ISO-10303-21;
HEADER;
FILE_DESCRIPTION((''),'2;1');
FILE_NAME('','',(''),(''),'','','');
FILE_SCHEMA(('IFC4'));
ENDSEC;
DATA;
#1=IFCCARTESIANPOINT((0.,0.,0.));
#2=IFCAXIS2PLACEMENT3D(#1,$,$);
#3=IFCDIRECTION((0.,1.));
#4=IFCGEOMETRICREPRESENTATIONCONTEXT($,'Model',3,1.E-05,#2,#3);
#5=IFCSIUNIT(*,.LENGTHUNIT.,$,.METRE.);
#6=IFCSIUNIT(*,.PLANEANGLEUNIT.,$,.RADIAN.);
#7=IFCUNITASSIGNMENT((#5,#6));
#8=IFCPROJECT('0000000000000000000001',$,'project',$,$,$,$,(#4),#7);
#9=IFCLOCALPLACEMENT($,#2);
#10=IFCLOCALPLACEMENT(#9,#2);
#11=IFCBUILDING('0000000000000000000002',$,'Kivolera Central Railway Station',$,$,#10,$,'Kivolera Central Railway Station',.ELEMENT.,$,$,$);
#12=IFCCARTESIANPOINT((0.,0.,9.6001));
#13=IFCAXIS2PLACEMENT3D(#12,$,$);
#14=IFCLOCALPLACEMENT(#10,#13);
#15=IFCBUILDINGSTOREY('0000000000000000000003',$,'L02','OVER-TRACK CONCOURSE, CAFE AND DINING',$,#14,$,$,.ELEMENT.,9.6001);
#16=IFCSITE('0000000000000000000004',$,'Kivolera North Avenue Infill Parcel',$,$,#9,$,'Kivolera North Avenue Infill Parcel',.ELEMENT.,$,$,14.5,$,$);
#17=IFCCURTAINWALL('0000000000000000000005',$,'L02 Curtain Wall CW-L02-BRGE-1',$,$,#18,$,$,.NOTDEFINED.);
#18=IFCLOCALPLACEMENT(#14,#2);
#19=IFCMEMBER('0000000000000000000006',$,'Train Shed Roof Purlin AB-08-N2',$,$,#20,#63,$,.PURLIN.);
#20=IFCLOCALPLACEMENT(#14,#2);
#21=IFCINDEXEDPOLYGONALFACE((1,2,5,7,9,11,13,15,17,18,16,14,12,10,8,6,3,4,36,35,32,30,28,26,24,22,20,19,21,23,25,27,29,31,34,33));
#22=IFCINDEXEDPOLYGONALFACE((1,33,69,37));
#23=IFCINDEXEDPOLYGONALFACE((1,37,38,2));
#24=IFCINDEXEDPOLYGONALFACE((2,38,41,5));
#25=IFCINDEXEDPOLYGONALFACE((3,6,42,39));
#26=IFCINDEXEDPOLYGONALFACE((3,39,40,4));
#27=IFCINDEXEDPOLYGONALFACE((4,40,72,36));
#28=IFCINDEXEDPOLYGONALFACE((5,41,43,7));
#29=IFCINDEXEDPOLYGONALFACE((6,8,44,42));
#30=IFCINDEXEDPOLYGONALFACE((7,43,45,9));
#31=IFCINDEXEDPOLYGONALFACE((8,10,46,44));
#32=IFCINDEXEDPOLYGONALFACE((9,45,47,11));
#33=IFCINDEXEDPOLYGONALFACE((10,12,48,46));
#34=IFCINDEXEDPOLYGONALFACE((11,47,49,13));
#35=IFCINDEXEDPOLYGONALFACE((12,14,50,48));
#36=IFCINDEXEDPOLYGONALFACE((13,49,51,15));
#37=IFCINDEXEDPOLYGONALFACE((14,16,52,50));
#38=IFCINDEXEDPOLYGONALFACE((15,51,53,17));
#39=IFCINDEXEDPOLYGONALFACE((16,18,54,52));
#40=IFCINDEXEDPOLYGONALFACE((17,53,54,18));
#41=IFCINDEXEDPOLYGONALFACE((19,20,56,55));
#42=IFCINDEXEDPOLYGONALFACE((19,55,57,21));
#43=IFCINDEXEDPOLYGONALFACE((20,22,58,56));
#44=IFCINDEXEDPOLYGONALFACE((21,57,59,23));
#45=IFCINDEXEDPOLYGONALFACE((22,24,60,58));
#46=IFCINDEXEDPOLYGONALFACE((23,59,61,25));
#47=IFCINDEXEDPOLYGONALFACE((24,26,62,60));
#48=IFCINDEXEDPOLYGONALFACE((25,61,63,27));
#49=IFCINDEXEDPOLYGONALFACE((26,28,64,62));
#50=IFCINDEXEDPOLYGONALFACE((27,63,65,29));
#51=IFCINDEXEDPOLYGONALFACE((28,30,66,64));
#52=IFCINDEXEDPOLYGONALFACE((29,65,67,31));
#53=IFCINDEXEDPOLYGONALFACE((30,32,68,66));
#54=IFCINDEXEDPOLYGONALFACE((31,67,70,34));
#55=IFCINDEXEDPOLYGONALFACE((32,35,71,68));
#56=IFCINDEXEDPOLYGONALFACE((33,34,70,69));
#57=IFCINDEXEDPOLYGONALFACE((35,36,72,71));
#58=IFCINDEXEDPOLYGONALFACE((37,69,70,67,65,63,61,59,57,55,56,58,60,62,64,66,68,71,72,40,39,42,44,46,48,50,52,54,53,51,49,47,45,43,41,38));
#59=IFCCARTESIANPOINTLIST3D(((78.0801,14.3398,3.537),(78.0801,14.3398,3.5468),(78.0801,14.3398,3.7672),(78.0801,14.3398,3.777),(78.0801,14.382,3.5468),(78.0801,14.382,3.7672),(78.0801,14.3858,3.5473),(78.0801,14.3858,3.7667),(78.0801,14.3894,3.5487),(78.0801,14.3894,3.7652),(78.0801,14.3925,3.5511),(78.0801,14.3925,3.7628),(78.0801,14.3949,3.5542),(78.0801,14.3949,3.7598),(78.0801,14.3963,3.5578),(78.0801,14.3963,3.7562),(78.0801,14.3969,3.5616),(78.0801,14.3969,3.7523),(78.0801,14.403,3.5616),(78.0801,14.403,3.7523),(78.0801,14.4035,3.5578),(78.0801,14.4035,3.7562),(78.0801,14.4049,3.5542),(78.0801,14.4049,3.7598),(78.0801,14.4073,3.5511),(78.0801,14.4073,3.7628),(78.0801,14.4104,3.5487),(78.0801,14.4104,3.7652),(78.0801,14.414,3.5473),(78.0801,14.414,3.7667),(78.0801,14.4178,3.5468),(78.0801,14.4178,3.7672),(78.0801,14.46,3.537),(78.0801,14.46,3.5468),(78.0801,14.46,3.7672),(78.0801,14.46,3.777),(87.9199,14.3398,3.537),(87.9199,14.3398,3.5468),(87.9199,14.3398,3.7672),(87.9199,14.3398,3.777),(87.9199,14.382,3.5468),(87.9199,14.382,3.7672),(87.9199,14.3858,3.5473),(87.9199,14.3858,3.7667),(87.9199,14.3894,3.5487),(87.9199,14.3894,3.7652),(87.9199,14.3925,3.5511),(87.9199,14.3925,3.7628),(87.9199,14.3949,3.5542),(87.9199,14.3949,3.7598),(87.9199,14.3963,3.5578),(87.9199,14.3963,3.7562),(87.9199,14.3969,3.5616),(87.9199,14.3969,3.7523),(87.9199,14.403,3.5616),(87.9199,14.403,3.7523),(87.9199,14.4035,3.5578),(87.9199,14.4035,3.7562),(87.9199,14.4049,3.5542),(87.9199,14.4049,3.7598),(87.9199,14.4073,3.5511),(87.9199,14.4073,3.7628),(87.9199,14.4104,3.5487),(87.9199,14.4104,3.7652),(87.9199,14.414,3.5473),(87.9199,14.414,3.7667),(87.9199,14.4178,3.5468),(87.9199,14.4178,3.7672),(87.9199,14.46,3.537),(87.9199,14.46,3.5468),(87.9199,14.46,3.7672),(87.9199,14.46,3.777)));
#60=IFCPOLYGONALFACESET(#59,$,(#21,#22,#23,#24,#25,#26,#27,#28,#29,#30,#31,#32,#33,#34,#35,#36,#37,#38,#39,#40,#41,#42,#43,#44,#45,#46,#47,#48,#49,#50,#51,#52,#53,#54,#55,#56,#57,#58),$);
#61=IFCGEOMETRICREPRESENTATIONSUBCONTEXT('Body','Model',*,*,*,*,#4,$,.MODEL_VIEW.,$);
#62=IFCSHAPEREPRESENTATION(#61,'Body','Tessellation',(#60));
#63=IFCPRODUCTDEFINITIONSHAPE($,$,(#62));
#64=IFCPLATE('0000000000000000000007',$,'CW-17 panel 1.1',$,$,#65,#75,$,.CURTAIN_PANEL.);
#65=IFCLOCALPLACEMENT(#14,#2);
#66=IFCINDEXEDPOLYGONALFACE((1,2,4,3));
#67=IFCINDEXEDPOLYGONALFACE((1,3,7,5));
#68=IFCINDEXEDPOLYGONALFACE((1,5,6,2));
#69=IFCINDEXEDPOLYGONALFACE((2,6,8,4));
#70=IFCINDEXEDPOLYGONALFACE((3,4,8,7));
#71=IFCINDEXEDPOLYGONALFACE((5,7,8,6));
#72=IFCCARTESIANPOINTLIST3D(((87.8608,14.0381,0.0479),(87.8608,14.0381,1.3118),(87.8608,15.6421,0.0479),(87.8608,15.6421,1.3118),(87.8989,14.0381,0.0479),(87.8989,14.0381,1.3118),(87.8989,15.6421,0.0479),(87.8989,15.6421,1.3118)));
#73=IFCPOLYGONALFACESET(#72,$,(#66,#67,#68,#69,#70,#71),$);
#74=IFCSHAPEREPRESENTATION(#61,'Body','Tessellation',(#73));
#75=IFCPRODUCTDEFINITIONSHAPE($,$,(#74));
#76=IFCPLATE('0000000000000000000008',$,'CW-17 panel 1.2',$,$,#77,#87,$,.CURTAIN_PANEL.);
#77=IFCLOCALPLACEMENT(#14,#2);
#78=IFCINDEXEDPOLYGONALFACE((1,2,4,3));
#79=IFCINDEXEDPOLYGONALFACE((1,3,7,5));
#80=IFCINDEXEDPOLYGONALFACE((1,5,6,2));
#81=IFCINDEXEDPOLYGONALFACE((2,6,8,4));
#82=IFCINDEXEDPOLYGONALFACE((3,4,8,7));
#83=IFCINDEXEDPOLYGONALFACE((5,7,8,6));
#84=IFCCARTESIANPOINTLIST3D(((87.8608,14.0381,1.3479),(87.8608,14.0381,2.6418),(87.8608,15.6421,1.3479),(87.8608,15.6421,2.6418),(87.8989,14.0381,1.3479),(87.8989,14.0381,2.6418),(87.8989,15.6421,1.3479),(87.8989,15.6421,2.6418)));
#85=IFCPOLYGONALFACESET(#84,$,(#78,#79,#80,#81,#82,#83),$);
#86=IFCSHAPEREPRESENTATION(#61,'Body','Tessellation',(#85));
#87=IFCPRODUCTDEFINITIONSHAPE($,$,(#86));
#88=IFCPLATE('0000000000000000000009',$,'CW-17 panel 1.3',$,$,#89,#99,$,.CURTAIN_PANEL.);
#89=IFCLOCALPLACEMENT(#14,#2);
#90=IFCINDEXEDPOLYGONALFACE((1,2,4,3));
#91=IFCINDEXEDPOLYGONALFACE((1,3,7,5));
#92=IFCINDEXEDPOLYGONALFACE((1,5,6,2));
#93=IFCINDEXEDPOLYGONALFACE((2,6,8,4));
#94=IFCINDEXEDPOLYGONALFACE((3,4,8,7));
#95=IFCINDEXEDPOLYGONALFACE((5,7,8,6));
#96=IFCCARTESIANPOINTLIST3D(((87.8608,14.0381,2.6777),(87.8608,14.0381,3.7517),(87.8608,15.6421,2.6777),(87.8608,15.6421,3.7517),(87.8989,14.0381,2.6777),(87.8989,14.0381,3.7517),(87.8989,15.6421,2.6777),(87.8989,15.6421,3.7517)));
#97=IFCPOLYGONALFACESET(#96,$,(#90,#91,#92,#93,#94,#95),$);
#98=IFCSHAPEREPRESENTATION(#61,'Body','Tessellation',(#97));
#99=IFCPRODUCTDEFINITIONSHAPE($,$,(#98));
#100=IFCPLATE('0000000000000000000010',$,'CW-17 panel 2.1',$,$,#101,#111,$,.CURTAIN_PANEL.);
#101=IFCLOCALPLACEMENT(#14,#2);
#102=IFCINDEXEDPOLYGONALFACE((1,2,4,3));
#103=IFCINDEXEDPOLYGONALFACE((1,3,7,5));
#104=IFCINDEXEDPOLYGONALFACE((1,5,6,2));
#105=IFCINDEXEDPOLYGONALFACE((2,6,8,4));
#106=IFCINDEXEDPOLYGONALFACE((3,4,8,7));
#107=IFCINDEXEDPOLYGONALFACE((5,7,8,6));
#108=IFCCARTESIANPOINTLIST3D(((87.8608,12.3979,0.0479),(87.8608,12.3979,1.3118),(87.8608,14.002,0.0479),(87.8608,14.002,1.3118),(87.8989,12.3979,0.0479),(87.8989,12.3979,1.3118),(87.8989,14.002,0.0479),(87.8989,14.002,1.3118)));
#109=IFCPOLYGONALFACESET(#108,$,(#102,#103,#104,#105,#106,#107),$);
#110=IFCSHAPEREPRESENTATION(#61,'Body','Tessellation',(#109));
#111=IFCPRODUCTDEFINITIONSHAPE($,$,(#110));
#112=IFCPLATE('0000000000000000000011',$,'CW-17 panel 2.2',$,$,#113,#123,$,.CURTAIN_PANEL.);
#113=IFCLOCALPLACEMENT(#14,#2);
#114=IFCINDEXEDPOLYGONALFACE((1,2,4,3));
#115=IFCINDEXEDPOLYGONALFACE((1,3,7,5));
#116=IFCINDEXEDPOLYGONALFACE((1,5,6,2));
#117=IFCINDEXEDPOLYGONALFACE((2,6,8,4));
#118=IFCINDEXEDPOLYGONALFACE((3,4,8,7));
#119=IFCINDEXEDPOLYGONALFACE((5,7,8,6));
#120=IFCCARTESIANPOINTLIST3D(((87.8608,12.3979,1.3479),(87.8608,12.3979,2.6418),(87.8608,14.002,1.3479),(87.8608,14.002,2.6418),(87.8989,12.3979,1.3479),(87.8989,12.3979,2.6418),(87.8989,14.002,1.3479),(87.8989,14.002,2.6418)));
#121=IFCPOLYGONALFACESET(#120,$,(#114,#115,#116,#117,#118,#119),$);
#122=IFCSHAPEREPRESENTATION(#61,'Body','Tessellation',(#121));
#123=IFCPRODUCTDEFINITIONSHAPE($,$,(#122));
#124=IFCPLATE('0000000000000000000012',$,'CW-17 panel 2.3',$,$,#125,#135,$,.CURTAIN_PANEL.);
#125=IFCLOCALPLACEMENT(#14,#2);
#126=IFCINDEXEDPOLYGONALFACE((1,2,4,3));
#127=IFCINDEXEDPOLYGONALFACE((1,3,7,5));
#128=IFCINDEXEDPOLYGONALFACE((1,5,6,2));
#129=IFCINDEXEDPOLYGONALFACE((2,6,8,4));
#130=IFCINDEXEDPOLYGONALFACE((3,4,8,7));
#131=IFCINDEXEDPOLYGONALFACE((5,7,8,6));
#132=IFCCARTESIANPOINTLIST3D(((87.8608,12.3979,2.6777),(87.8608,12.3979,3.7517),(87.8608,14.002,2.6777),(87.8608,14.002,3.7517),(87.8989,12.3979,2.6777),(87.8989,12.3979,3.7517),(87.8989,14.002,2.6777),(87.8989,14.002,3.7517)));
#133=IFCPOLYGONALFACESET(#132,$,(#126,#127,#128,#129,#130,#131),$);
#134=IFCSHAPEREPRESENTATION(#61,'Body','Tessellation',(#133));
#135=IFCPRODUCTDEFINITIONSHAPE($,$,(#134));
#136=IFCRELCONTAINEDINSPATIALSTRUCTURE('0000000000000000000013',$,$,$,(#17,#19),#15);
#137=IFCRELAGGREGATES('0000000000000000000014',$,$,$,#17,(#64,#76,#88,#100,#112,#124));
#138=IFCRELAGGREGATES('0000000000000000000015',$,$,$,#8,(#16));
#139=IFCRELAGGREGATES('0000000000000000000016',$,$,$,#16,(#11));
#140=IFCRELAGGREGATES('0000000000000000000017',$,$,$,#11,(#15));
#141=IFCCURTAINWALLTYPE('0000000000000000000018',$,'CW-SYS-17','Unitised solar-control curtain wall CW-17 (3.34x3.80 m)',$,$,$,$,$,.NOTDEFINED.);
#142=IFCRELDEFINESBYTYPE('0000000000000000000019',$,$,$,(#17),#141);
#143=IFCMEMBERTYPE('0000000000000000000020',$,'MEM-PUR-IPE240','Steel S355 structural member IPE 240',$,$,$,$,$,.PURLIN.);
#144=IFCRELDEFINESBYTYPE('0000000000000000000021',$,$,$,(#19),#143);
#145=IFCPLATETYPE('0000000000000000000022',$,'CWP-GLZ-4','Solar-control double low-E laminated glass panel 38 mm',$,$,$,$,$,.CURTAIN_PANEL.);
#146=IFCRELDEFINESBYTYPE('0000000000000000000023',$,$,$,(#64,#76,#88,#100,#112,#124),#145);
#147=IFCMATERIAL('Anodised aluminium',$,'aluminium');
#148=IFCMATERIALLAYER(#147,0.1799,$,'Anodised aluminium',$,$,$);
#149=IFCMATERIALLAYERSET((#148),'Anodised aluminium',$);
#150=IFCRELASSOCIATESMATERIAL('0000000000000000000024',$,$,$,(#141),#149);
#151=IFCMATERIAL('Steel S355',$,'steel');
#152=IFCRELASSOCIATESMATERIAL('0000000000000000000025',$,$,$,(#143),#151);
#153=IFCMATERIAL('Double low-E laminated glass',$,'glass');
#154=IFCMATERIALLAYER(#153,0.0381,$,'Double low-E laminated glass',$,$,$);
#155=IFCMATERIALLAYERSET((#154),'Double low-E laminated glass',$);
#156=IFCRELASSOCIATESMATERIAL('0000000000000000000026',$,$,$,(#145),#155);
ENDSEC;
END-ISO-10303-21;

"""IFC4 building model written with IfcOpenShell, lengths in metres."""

from ifc_helpers import new_model, si_unit, direction, frame, origin, origin_2d, place, context, subcontext, project, spatial, rectangle, i_section, extrude, material, layer, layer_set, material_profile, profile_set, type_object, element, aggregate, save


model = new_model("IFC4")

# Units and contexts
model_context = context("Model", 3, precision=1e-05, world=origin(), true_north=direction((0.0, 1.0)))
body_context = subcontext(model_context, "Body", "Model", "MODEL_VIEW")
ifc_project = project(units=[si_unit("LENGTHUNIT", "METRE"), si_unit("PLANEANGLEUNIT", "RADIAN")], contexts=[model_context])

# Site, building, storey
site_placement = place(None, origin())
site = spatial("IfcSite", under=ifc_project, at=site_placement, Name="Kivolera North Avenue Infill Parcel", LongName="Kivolera North Avenue Infill Parcel", CompositionType="ELEMENT", RefElevation=14.5)
building_placement = place(site_placement, origin())
building = spatial("IfcBuilding", under=site, at=building_placement, Name="Kivolera Central Railway Station", LongName="Kivolera Central Railway Station", CompositionType="ELEMENT")
storey_placement = place(building_placement, frame((0.0, 0.0, 9.6001)))
storey = spatial("IfcBuildingStorey", under=building, at=storey_placement, Name="L02", Description="OVER-TRACK CONCOURSE, CAFE AND DINING", CompositionType="ELEMENT", Elevation=9.6001)

# Shared definitions
ifc_material_1 = material(Name="Steel S355", Category="steel")

# Curtain wall
ifc_material_2 = material(Name="Anodised aluminium", Category="aluminium")
ifc_layer_1 = layer(ifc_material_2, 0.1799, Name="Anodised aluminium")
ifc_layer_set_1 = layer_set([ifc_layer_1], Name="Anodised aluminium")
curtain_wall_type = type_object("IfcCurtainWallType", Name="CW-SYS-17", Description="Unitised solar-control curtain wall CW-17 (3.34x3.80 m)", PredefinedType="NOTDEFINED", material=ifc_layer_set_1)
curtain_wall_placement = place(storey_placement, origin())
curtain_wall = element("IfcCurtainWall", 1, at=curtain_wall_placement, inside=storey, type_object=curtain_wall_type, Name="L02 Curtain Wall CW-L02-BRGE-1", PredefinedType="NOTDEFINED")

# Member
ifc_material_profile_1 = material_profile(ifc_material_1, i_section(OverallWidth=0.1201, OverallDepth=0.24, WebThickness=0.0061, FlangeThickness=0.0098, FilletRadius=0.0149, at=origin_2d()), Name="IPE 240")
ifc_profile_set_1 = profile_set([ifc_material_profile_1], Name="Steel S355")
member_type_1 = type_object("IfcMemberType", Name="MEM-PUR-IPE240", Description="Steel S355 structural member IPE 240", PredefinedType="PURLIN", material=ifc_profile_set_1)
for number, where, z_axis, x_axis, name in (
    (2, (78.0801, 14.3999, 3.657), (1.0, 0.0, 0.0), (0.0, 1.0, 0.0), "Train Shed Roof Purlin AB-08-N2"),
):
    element("IfcMember", number, at=place(storey_placement, frame(where, z_axis=z_axis, x_axis=x_axis)), inside=storey, type_object=member_type_1, Name=name, PredefinedType="PURLIN", context=body_context, shape_type="SweptSolid", body=[
        extrude(i_section(OverallWidth=0.1201, OverallDepth=0.24, WebThickness=0.0061, FlangeThickness=0.0098, FilletRadius=0.0149, at=origin_2d()), origin(), (0.0, 0.0, 1.0), 9.8398),
    ])

# Plates
ifc_material_3 = material(Name="Double low-E laminated glass", Category="glass")
ifc_layer_2 = layer(ifc_material_3, 0.0381, Name="Double low-E laminated glass")
ifc_layer_set_2 = layer_set([ifc_layer_2], Name="Double low-E laminated glass")
plate_type = type_object("IfcPlateType", Name="CWP-GLZ-4", Description="Solar-control double low-E laminated glass panel 38 mm", PredefinedType="CURTAIN_PANEL", material=ifc_layer_set_2)
plate_1_placement = place(storey_placement, frame((87.8799, 14.8401, 0.0479), z_axis=(0.0, 0.0, 1.0), x_axis=(0.0, -1.0, 0.0)))
plate_1 = element("IfcPlate", 3, at=plate_1_placement, type_object=plate_type, Name="CW-17 panel 1.1", PredefinedType="CURTAIN_PANEL", context=body_context, shape_type="SweptSolid", body=[
    extrude(rectangle(XDim=1.604, YDim=0.0381, at=origin_2d()), origin(), (0.0, 0.0, 1.0), 1.2639),
])
plate_2_placement = place(storey_placement, frame((87.8799, 14.8401, 1.3479), z_axis=(0.0, 0.0, 1.0), x_axis=(0.0, -1.0, 0.0)))
plate_2 = element("IfcPlate", 4, at=plate_2_placement, type_object=plate_type, Name="CW-17 panel 1.2", PredefinedType="CURTAIN_PANEL", context=body_context, shape_type="SweptSolid", body=[
    extrude(rectangle(XDim=1.604, YDim=0.0381, at=origin_2d()), origin(), (0.0, 0.0, 1.0), 1.2939),
])
plate_3_placement = place(storey_placement, frame((87.8799, 14.8401, 2.6777), z_axis=(0.0, 0.0, 1.0), x_axis=(0.0, -1.0, 0.0)))
plate_3 = element("IfcPlate", 5, at=plate_3_placement, type_object=plate_type, Name="CW-17 panel 1.3", PredefinedType="CURTAIN_PANEL", context=body_context, shape_type="SweptSolid", body=[
    extrude(rectangle(XDim=1.604, YDim=0.0381, at=origin_2d()), origin(), (0.0, 0.0, 1.0), 1.074),
])
plate_4_placement = place(storey_placement, frame((87.8799, 13.2, 0.0479), z_axis=(0.0, 0.0, 1.0), x_axis=(0.0, -1.0, 0.0)))
plate_4 = element("IfcPlate", 6, at=plate_4_placement, type_object=plate_type, Name="CW-17 panel 2.1", PredefinedType="CURTAIN_PANEL", context=body_context, shape_type="SweptSolid", body=[
    extrude(rectangle(XDim=1.604, YDim=0.0381, at=origin_2d()), origin(), (0.0, 0.0, 1.0), 1.2639),
])
plate_5_placement = place(storey_placement, frame((87.8799, 13.2, 1.3479), z_axis=(0.0, 0.0, 1.0), x_axis=(0.0, -1.0, 0.0)))
plate_5 = element("IfcPlate", 7, at=plate_5_placement, type_object=plate_type, Name="CW-17 panel 2.2", PredefinedType="CURTAIN_PANEL", context=body_context, shape_type="SweptSolid", body=[
    extrude(rectangle(XDim=1.604, YDim=0.0381, at=origin_2d()), origin(), (0.0, 0.0, 1.0), 1.2939),
])
plate_6_placement = place(storey_placement, frame((87.8799, 13.2, 2.6777), z_axis=(0.0, 0.0, 1.0), x_axis=(0.0, -1.0, 0.0)))
plate_6 = element("IfcPlate", 8, at=plate_6_placement, type_object=plate_type, Name="CW-17 panel 2.3", PredefinedType="CURTAIN_PANEL", context=body_context, shape_type="SweptSolid", body=[
    extrude(rectangle(XDim=1.604, YDim=0.0381, at=origin_2d()), origin(), (0.0, 0.0, 1.0), 1.074),
])
aggregate(curtain_wall, [plate_1, plate_2, plate_3, plate_4, plate_5, plate_6])

save(model, "model.ifc")
